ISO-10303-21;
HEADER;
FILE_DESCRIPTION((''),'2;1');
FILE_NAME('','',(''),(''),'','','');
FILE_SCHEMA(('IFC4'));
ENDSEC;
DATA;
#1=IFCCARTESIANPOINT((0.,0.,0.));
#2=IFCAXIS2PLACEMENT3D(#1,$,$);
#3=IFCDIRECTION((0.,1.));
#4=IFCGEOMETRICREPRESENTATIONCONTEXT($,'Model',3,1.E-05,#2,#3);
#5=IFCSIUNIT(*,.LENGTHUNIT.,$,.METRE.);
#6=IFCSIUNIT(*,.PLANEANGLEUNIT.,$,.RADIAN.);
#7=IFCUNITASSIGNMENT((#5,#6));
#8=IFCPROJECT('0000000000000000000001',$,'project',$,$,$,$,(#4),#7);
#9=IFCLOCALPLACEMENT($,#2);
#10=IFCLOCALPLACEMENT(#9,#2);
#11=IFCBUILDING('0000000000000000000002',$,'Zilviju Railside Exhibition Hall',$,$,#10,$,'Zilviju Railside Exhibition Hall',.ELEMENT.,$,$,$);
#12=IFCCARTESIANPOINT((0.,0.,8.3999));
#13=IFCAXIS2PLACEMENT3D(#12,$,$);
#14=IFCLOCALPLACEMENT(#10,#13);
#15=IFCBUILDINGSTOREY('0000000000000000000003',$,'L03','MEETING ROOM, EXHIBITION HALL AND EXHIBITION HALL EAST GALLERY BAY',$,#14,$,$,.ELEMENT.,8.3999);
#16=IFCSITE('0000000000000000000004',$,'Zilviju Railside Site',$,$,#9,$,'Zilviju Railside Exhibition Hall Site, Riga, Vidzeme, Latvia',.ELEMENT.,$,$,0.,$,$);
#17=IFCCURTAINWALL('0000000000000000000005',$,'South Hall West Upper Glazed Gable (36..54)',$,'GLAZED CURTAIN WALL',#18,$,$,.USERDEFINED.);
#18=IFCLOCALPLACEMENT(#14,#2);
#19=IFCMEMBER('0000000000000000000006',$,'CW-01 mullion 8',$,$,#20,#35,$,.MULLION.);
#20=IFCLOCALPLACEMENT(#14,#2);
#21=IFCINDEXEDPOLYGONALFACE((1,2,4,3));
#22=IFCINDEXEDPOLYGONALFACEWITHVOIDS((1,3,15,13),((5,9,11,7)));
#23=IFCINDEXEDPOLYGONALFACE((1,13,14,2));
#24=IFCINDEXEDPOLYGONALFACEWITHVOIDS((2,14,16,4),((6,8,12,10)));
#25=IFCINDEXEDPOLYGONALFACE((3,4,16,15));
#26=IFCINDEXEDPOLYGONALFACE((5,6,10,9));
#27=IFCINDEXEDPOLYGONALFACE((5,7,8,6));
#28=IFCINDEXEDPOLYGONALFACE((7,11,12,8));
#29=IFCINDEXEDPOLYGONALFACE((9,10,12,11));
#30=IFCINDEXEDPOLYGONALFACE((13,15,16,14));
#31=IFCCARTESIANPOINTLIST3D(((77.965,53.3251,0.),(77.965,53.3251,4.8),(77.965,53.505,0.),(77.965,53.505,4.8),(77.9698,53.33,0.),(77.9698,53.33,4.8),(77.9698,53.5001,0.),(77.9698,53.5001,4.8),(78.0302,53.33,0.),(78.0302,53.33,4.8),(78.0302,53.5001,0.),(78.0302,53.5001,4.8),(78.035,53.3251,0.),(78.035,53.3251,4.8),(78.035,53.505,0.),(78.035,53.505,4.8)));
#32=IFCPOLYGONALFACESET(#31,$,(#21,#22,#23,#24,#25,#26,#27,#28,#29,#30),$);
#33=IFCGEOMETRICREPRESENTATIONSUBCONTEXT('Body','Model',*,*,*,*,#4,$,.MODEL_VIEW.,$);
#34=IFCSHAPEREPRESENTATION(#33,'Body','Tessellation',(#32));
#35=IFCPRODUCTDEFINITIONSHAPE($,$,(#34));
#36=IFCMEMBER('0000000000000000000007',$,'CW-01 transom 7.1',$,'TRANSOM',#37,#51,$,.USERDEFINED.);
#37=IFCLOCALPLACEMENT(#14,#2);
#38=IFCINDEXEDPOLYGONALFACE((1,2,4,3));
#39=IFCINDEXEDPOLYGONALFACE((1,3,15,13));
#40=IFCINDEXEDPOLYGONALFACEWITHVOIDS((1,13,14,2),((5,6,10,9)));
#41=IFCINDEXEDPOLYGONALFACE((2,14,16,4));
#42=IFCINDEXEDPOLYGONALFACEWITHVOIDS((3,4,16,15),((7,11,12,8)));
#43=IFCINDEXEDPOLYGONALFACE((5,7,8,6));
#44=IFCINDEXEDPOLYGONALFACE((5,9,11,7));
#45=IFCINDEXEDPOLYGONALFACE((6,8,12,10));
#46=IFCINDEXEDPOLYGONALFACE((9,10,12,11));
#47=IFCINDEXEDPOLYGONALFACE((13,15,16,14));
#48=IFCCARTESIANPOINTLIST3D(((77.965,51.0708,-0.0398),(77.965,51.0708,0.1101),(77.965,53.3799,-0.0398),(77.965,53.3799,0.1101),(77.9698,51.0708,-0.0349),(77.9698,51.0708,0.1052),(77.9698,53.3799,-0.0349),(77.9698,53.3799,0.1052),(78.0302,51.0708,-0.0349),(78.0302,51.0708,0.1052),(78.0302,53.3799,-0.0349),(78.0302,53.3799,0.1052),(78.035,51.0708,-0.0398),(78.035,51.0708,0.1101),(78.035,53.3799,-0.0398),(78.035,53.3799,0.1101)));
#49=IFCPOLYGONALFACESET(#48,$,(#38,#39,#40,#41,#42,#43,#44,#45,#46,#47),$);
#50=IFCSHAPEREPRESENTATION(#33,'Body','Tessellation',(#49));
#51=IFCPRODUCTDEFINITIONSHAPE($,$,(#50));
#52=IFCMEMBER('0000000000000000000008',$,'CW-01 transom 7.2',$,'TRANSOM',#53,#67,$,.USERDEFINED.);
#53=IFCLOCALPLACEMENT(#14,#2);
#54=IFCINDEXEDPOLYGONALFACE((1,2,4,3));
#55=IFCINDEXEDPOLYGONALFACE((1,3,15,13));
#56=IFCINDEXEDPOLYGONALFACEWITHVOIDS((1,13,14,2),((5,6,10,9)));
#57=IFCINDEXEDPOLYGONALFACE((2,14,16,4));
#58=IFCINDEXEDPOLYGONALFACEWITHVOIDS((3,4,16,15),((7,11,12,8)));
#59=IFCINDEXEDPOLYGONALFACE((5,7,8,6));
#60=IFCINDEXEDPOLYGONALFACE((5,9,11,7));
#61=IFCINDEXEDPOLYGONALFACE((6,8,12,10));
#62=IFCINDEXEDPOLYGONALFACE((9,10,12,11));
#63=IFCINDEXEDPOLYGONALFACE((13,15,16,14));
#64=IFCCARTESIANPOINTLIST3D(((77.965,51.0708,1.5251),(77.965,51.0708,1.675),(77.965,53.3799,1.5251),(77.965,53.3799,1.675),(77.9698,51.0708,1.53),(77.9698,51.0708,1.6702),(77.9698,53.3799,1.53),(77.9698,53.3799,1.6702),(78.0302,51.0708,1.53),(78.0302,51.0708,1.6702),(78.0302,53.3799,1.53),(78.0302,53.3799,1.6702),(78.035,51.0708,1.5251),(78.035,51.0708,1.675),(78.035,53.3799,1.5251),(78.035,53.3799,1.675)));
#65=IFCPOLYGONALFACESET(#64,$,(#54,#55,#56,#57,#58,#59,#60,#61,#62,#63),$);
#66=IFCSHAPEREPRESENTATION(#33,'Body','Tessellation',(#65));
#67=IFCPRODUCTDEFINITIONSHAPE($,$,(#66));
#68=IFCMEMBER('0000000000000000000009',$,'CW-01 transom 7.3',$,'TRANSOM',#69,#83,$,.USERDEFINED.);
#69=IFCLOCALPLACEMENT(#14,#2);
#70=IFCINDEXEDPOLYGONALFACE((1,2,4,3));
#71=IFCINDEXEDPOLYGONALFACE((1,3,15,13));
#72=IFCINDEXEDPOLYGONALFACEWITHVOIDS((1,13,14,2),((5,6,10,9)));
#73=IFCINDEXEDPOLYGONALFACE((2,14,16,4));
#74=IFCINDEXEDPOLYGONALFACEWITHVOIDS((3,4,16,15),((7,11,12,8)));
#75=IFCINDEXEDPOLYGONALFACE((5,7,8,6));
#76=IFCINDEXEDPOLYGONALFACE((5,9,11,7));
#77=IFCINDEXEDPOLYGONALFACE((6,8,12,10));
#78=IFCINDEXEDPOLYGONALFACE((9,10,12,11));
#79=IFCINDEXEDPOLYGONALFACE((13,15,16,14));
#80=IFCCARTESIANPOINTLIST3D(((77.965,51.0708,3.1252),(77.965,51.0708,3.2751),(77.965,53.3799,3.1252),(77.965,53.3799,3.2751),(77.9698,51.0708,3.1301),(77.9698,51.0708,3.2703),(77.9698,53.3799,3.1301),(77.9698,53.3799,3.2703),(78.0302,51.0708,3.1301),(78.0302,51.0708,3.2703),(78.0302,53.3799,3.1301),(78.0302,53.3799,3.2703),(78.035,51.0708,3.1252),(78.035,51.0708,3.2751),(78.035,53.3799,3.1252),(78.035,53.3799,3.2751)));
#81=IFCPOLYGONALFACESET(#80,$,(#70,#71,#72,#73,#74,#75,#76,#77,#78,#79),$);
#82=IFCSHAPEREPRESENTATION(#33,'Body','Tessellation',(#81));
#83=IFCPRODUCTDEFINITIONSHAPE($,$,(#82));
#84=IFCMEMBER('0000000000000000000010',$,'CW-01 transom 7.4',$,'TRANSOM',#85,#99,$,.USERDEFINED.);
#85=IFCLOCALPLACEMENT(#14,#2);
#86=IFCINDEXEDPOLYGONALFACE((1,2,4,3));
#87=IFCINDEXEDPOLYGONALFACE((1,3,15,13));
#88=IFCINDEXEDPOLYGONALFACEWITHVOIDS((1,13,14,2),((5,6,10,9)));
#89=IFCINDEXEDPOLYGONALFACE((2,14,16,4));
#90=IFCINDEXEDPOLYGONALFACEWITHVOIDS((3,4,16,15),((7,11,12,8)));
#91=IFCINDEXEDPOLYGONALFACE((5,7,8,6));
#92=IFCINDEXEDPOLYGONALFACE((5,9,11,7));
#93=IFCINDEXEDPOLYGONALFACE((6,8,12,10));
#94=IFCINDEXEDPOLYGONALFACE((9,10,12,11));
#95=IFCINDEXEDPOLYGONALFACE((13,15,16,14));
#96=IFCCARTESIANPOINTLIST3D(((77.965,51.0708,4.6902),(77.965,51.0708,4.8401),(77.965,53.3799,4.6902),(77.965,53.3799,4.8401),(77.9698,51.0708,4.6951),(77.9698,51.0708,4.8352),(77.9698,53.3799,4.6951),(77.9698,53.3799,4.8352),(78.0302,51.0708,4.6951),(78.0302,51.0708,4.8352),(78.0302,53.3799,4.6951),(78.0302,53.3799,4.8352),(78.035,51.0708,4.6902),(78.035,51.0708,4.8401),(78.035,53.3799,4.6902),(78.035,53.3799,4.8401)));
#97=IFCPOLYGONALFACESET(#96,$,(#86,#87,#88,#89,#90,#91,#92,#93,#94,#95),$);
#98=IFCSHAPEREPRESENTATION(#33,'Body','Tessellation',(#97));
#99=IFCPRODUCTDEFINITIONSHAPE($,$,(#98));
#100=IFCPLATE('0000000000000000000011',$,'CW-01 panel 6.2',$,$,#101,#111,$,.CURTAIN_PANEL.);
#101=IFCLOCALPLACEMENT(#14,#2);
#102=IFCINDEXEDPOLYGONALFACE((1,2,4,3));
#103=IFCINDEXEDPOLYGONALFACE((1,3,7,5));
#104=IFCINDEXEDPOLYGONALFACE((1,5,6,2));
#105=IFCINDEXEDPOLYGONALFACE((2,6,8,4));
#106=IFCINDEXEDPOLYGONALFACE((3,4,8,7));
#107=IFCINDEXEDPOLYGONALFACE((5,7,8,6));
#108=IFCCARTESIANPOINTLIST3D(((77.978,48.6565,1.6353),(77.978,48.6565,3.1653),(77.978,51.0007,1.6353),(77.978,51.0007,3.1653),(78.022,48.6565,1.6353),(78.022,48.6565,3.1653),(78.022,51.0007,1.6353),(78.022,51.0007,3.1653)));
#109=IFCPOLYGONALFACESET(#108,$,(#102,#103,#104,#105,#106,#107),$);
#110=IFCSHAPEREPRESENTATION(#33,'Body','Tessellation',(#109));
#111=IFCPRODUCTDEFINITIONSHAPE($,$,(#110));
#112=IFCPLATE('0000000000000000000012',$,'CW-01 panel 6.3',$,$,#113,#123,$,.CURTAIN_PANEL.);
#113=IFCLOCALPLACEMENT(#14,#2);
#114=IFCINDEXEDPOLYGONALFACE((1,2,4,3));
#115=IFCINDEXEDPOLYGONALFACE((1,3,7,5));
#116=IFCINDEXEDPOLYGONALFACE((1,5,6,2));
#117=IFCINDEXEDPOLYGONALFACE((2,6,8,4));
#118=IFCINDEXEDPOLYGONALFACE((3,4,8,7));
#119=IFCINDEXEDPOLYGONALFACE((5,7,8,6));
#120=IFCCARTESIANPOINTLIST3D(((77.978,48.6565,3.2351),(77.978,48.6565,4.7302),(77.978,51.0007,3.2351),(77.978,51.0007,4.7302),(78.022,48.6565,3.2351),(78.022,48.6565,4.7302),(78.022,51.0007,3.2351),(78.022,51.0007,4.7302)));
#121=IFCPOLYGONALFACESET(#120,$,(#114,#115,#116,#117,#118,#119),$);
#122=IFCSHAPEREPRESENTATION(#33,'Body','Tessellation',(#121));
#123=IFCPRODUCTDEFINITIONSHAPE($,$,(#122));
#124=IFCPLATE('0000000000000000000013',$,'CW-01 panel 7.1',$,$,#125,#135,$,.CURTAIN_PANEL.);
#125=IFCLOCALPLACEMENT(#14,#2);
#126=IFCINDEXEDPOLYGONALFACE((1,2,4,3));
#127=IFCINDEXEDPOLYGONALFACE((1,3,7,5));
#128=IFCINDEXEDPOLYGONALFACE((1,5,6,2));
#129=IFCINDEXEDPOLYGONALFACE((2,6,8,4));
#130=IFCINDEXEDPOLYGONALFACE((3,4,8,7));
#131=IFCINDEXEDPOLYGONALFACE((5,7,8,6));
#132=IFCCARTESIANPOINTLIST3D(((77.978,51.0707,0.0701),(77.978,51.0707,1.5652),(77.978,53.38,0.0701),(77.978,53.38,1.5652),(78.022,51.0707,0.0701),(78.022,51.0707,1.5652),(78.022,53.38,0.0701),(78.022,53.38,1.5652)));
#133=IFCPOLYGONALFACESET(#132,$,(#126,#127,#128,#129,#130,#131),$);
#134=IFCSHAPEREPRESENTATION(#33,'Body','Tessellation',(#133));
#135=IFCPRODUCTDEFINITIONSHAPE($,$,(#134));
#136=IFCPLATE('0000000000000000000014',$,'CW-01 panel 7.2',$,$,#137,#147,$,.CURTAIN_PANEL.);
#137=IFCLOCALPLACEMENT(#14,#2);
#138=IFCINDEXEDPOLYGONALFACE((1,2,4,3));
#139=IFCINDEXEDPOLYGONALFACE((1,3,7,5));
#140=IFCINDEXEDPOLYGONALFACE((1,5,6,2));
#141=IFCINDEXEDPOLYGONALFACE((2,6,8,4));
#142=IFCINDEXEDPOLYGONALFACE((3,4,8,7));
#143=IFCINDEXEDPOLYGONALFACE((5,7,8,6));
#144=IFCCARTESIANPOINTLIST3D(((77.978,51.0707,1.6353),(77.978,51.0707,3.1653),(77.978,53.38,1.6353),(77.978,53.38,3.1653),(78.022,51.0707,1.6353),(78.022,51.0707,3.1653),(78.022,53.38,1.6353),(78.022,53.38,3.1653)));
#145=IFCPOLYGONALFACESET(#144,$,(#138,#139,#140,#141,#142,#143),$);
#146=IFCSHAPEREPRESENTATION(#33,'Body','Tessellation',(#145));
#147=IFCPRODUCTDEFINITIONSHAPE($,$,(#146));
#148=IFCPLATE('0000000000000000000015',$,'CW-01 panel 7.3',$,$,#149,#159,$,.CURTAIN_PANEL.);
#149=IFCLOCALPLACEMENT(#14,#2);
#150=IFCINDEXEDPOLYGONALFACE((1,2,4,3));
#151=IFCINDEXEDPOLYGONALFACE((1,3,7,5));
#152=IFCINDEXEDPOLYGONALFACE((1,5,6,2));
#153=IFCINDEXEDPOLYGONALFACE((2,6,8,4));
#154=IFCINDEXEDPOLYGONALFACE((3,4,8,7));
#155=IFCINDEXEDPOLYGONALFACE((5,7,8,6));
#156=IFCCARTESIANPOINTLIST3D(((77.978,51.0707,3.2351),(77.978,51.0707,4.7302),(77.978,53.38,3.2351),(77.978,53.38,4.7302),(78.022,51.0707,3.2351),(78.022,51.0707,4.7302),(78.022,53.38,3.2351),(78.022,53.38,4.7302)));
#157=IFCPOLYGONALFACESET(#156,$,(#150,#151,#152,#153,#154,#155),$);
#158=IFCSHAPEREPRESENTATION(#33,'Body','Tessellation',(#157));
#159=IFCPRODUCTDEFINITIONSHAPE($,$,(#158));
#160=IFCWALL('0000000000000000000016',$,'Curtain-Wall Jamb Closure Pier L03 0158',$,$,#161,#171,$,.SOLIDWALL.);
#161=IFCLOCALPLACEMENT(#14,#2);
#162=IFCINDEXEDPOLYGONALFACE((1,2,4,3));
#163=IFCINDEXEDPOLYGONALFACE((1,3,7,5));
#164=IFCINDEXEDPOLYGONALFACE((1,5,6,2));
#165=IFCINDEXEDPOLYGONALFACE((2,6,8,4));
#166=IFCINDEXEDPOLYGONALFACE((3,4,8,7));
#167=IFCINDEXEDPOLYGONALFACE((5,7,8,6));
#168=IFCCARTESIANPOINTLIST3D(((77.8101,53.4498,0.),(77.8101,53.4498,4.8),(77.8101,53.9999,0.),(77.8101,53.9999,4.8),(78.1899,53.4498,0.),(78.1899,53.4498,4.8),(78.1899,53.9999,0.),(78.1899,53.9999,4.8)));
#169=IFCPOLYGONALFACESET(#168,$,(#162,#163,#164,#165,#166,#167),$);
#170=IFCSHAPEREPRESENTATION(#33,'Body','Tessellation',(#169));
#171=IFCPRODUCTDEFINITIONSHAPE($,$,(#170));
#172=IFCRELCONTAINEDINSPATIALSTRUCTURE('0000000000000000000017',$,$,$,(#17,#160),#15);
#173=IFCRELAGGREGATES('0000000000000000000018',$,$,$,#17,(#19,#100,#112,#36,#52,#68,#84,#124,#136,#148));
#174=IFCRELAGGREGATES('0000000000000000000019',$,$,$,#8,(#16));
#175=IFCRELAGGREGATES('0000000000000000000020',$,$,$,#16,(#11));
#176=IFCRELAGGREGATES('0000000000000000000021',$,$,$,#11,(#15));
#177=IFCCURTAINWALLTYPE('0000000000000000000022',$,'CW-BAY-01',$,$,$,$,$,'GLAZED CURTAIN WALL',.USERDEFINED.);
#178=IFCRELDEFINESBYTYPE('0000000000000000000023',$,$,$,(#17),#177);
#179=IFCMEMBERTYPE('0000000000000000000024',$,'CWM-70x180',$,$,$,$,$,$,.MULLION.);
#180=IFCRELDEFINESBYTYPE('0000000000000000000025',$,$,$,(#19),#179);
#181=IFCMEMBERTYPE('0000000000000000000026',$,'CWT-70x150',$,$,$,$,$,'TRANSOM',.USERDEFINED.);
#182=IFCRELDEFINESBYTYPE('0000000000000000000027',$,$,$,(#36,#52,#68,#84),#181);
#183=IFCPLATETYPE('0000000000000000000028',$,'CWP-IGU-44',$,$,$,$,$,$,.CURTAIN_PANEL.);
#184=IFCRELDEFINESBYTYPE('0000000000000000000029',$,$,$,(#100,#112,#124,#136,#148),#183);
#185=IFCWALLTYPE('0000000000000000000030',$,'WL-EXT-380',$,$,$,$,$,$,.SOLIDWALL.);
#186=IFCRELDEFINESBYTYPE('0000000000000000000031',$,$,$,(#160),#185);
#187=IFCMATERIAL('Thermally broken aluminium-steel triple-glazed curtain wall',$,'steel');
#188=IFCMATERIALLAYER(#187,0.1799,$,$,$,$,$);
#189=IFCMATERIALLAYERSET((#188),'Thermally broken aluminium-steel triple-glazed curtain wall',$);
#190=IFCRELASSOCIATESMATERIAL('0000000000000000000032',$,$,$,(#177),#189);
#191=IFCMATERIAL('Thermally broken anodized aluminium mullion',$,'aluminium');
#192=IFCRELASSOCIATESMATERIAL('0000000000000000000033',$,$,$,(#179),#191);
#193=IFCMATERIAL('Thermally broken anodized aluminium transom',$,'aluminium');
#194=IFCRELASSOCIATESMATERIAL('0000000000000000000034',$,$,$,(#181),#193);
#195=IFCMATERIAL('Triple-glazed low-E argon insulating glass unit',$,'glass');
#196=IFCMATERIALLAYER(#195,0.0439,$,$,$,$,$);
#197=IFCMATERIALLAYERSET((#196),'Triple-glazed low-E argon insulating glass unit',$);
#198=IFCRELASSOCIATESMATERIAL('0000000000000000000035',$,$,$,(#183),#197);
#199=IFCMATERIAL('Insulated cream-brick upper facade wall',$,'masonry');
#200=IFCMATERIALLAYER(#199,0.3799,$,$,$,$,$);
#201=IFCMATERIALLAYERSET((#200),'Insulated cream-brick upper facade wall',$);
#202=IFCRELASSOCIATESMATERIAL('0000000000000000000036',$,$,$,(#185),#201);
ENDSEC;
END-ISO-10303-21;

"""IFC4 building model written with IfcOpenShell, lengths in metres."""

from ifc_helpers import new_model, si_unit, direction, frame, frame_2d, origin, origin_2d, place, context, subcontext, project, spatial, rectangle, hollow_rectangle, extrude, material, layer, layer_set, material_profile, profile_set, type_object, element, aggregate, save


model = new_model("IFC4")

# Units and contexts
model_context = context("Model", 3, precision=1e-05, world=origin(), true_north=direction((0.0, 1.0)))
body_context = subcontext(model_context, "Body", "Model", "MODEL_VIEW")
ifc_project = project(units=[si_unit("LENGTHUNIT", "METRE"), si_unit("PLANEANGLEUNIT", "RADIAN")], contexts=[model_context])

# Site, building, storey
site_placement = place(None, origin())
site = spatial("IfcSite", under=ifc_project, at=site_placement, Name="Zilviju Railside Site", LongName="Zilviju Railside Exhibition Hall Site, Riga, Vidzeme, Latvia", CompositionType="ELEMENT", RefElevation=0.0)
building_placement = place(site_placement, origin())
building = spatial("IfcBuilding", under=site, at=building_placement, Name="Zilviju Railside Exhibition Hall", LongName="Zilviju Railside Exhibition Hall", CompositionType="ELEMENT")
storey_placement = place(building_placement, frame((0.0, 0.0, 8.3999)))
storey = spatial("IfcBuildingStorey", under=building, at=storey_placement, Name="L03", Description="MEETING ROOM, EXHIBITION HALL AND EXHIBITION HALL EAST GALLERY BAY", CompositionType="ELEMENT", Elevation=8.3999)

# Curtain wall, members, plates
ifc_material_1 = material(Name="Thermally broken aluminium-steel triple-glazed curtain wall", Category="steel")
ifc_layer_1 = layer(ifc_material_1, 0.1799)
ifc_layer_set_1 = layer_set([ifc_layer_1], Name="Thermally broken aluminium-steel triple-glazed curtain wall")
curtain_wall_type = type_object("IfcCurtainWallType", Name="CW-BAY-01", ElementType="GLAZED CURTAIN WALL", PredefinedType="USERDEFINED", material=ifc_layer_set_1)
curtain_wall_placement = place(storey_placement, origin())
curtain_wall = element("IfcCurtainWall", 1, at=curtain_wall_placement, inside=storey, type_object=curtain_wall_type, Name="South Hall West Upper Glazed Gable (36..54)", ObjectType="GLAZED CURTAIN WALL", PredefinedType="USERDEFINED")
ifc_material_2 = material(Name="Thermally broken anodized aluminium mullion", Category="aluminium")
ifc_material_profile_1 = material_profile(ifc_material_2, hollow_rectangle(XDim=0.0701, YDim=0.1799, WallThickness=0.0049, at=origin_2d()), Name="MULLION 180x70x5")
ifc_profile_set_1 = profile_set([ifc_material_profile_1], Name="Thermally broken anodized aluminium mullion")
member_type_1 = type_object("IfcMemberType", Name="CWM-70x180", PredefinedType="MULLION", material=ifc_profile_set_1)
member_1_placement = place(storey_placement, frame((78.0, 53.415, 0.0), z_axis=(0.0, 0.0, 1.0), x_axis=(-1.0, 0.0, 0.0)))
member_1 = element("IfcMember", 2, at=member_1_placement, type_object=member_type_1, Name="CW-01 mullion 8", PredefinedType="MULLION", context=body_context, shape_type="SweptSolid", body=[
    extrude(hollow_rectangle(XDim=0.0701, YDim=0.1799, WallThickness=0.0049, at=origin_2d()), origin(), (0.0, 0.0, 1.0), 4.8),
])
ifc_material_3 = material(Name="Thermally broken anodized aluminium transom", Category="aluminium")
ifc_material_profile_2 = material_profile(ifc_material_3, hollow_rectangle(XDim=0.0701, YDim=0.1499, WallThickness=0.0049, at=origin_2d()), Name="TRANSOM 150x70x5")
ifc_profile_set_2 = profile_set([ifc_material_profile_2], Name="Thermally broken anodized aluminium transom")
member_type_2 = type_object("IfcMemberType", Name="CWT-70x150", ElementType="TRANSOM", PredefinedType="USERDEFINED", material=ifc_profile_set_2)
member_2_placement = place(storey_placement, frame((78.0, 51.0708, 0.0352), z_axis=(0.0, 1.0, 0.0), x_axis=(-1.0, 0.0, 0.0)))
member_2 = element("IfcMember", 3, at=member_2_placement, type_object=member_type_2, Name="CW-01 transom 7.1", ObjectType="TRANSOM", PredefinedType="USERDEFINED", context=body_context, shape_type="SweptSolid", body=[
    extrude(hollow_rectangle(XDim=0.0701, YDim=0.1499, WallThickness=0.0049, at=origin_2d()), origin(), (0.0, 0.0, 1.0), 2.3091),
])
member_3_placement = place(storey_placement, frame((78.0, 51.0708, 1.6001), z_axis=(0.0, 1.0, 0.0), x_axis=(-1.0, 0.0, 0.0)))
member_3 = element("IfcMember", 4, at=member_3_placement, type_object=member_type_2, Name="CW-01 transom 7.2", ObjectType="TRANSOM", PredefinedType="USERDEFINED", context=body_context, shape_type="SweptSolid", body=[
    extrude(hollow_rectangle(XDim=0.0701, YDim=0.1499, WallThickness=0.0049, at=origin_2d()), origin(), (0.0, 0.0, 1.0), 2.3091),
])
member_4_placement = place(storey_placement, frame((78.0, 51.0708, 3.2002), z_axis=(0.0, 1.0, 0.0), x_axis=(-1.0, 0.0, 0.0)))
member_4 = element("IfcMember", 5, at=member_4_placement, type_object=member_type_2, Name="CW-01 transom 7.3", ObjectType="TRANSOM", PredefinedType="USERDEFINED", context=body_context, shape_type="SweptSolid", body=[
    extrude(hollow_rectangle(XDim=0.0701, YDim=0.1499, WallThickness=0.0049, at=origin_2d()), origin(), (0.0, 0.0, 1.0), 2.3091),
])
member_5_placement = place(storey_placement, frame((78.0, 51.0708, 4.7651), z_axis=(0.0, 1.0, 0.0), x_axis=(-1.0, 0.0, 0.0)))
member_5 = element("IfcMember", 6, at=member_5_placement, type_object=member_type_2, Name="CW-01 transom 7.4", ObjectType="TRANSOM", PredefinedType="USERDEFINED", context=body_context, shape_type="SweptSolid", body=[
    extrude(hollow_rectangle(XDim=0.0701, YDim=0.1499, WallThickness=0.0049, at=origin_2d()), origin(), (0.0, 0.0, 1.0), 2.3091),
])
ifc_material_4 = material(Name="Triple-glazed low-E argon insulating glass unit", Category="glass")
ifc_layer_2 = layer(ifc_material_4, 0.0439)
ifc_layer_set_2 = layer_set([ifc_layer_2], Name="Triple-glazed low-E argon insulating glass unit")
plate_type = type_object("IfcPlateType", Name="CWP-IGU-44", PredefinedType="CURTAIN_PANEL", material=ifc_layer_set_2)
plate_1_placement = place(storey_placement, frame((78.0, 49.8286, 1.6353), z_axis=(0.0, 0.0, 1.0), x_axis=(0.0, 1.0, 0.0)))
plate_1 = element("IfcPlate", 7, at=plate_1_placement, type_object=plate_type, Name="CW-01 panel 6.2", PredefinedType="CURTAIN_PANEL", context=body_context, shape_type="SweptSolid", body=[
    extrude(rectangle(XDim=2.3442, YDim=0.0439, at=origin_2d()), origin(), (0.0, 0.0, 1.0), 1.53),
])
plate_2_placement = place(storey_placement, frame((78.0, 49.8286, 3.2351), z_axis=(0.0, 0.0, 1.0), x_axis=(0.0, 1.0, 0.0)))
plate_2 = element("IfcPlate", 8, at=plate_2_placement, type_object=plate_type, Name="CW-01 panel 6.3", PredefinedType="CURTAIN_PANEL", context=body_context, shape_type="SweptSolid", body=[
    extrude(rectangle(XDim=2.3442, YDim=0.0439, at=origin_2d()), origin(), (0.0, 0.0, 1.0), 1.4951),
])
plate_3_placement = place(storey_placement, frame((78.0, 52.2253, 0.0701), z_axis=(0.0, 0.0, 1.0), x_axis=(0.0, 1.0, 0.0)))
plate_3 = element("IfcPlate", 9, at=plate_3_placement, type_object=plate_type, Name="CW-01 panel 7.1", PredefinedType="CURTAIN_PANEL", context=body_context, shape_type="SweptSolid", body=[
    extrude(rectangle(XDim=2.3093, YDim=0.0439, at=origin_2d()), origin(), (0.0, 0.0, 1.0), 1.4951),
])
plate_4_placement = place(storey_placement, frame((78.0, 52.2253, 1.6353), z_axis=(0.0, 0.0, 1.0), x_axis=(0.0, 1.0, 0.0)))
plate_4 = element("IfcPlate", 10, at=plate_4_placement, type_object=plate_type, Name="CW-01 panel 7.2", PredefinedType="CURTAIN_PANEL", context=body_context, shape_type="SweptSolid", body=[
    extrude(rectangle(XDim=2.3093, YDim=0.0439, at=origin_2d()), origin(), (0.0, 0.0, 1.0), 1.53),
])
plate_5_placement = place(storey_placement, frame((78.0, 52.2253, 3.2351), z_axis=(0.0, 0.0, 1.0), x_axis=(0.0, 1.0, 0.0)))
plate_5 = element("IfcPlate", 11, at=plate_5_placement, type_object=plate_type, Name="CW-01 panel 7.3", PredefinedType="CURTAIN_PANEL", context=body_context, shape_type="SweptSolid", body=[
    extrude(rectangle(XDim=2.3093, YDim=0.0439, at=origin_2d()), origin(), (0.0, 0.0, 1.0), 1.4951),
])
aggregate(curtain_wall, [member_1, plate_1, plate_2, member_2, member_3, member_4, member_5, plate_3, plate_4, plate_5])

# Wall
ifc_material_5 = material(Name="Insulated cream-brick upper facade wall", Category="masonry")
ifc_layer_3 = layer(ifc_material_5, 0.3799)
ifc_layer_set_3 = layer_set([ifc_layer_3], Name="Insulated cream-brick upper facade wall")
wall_type = type_object("IfcWallType", Name="WL-EXT-380", PredefinedType="SOLIDWALL", material=ifc_layer_set_3)
wall_placement = place(storey_placement, frame((78.0, 53.45, 0.0), z_axis=(0.0, 0.0, 1.0), x_axis=(0.0, 1.0, 0.0)))
element("IfcWall", 12, at=wall_placement, inside=storey, type_object=wall_type, Name="Curtain-Wall Jamb Closure Pier L03 0158", PredefinedType="SOLIDWALL", context=body_context, shape_type="SweptSolid", body=[
    extrude(rectangle(XDim=0.55, YDim=0.3799, at=frame_2d((0.2749, 0.0))), origin(), (0.0, 0.0, 1.0), 4.8),
])

save(model, "model.ifc")
